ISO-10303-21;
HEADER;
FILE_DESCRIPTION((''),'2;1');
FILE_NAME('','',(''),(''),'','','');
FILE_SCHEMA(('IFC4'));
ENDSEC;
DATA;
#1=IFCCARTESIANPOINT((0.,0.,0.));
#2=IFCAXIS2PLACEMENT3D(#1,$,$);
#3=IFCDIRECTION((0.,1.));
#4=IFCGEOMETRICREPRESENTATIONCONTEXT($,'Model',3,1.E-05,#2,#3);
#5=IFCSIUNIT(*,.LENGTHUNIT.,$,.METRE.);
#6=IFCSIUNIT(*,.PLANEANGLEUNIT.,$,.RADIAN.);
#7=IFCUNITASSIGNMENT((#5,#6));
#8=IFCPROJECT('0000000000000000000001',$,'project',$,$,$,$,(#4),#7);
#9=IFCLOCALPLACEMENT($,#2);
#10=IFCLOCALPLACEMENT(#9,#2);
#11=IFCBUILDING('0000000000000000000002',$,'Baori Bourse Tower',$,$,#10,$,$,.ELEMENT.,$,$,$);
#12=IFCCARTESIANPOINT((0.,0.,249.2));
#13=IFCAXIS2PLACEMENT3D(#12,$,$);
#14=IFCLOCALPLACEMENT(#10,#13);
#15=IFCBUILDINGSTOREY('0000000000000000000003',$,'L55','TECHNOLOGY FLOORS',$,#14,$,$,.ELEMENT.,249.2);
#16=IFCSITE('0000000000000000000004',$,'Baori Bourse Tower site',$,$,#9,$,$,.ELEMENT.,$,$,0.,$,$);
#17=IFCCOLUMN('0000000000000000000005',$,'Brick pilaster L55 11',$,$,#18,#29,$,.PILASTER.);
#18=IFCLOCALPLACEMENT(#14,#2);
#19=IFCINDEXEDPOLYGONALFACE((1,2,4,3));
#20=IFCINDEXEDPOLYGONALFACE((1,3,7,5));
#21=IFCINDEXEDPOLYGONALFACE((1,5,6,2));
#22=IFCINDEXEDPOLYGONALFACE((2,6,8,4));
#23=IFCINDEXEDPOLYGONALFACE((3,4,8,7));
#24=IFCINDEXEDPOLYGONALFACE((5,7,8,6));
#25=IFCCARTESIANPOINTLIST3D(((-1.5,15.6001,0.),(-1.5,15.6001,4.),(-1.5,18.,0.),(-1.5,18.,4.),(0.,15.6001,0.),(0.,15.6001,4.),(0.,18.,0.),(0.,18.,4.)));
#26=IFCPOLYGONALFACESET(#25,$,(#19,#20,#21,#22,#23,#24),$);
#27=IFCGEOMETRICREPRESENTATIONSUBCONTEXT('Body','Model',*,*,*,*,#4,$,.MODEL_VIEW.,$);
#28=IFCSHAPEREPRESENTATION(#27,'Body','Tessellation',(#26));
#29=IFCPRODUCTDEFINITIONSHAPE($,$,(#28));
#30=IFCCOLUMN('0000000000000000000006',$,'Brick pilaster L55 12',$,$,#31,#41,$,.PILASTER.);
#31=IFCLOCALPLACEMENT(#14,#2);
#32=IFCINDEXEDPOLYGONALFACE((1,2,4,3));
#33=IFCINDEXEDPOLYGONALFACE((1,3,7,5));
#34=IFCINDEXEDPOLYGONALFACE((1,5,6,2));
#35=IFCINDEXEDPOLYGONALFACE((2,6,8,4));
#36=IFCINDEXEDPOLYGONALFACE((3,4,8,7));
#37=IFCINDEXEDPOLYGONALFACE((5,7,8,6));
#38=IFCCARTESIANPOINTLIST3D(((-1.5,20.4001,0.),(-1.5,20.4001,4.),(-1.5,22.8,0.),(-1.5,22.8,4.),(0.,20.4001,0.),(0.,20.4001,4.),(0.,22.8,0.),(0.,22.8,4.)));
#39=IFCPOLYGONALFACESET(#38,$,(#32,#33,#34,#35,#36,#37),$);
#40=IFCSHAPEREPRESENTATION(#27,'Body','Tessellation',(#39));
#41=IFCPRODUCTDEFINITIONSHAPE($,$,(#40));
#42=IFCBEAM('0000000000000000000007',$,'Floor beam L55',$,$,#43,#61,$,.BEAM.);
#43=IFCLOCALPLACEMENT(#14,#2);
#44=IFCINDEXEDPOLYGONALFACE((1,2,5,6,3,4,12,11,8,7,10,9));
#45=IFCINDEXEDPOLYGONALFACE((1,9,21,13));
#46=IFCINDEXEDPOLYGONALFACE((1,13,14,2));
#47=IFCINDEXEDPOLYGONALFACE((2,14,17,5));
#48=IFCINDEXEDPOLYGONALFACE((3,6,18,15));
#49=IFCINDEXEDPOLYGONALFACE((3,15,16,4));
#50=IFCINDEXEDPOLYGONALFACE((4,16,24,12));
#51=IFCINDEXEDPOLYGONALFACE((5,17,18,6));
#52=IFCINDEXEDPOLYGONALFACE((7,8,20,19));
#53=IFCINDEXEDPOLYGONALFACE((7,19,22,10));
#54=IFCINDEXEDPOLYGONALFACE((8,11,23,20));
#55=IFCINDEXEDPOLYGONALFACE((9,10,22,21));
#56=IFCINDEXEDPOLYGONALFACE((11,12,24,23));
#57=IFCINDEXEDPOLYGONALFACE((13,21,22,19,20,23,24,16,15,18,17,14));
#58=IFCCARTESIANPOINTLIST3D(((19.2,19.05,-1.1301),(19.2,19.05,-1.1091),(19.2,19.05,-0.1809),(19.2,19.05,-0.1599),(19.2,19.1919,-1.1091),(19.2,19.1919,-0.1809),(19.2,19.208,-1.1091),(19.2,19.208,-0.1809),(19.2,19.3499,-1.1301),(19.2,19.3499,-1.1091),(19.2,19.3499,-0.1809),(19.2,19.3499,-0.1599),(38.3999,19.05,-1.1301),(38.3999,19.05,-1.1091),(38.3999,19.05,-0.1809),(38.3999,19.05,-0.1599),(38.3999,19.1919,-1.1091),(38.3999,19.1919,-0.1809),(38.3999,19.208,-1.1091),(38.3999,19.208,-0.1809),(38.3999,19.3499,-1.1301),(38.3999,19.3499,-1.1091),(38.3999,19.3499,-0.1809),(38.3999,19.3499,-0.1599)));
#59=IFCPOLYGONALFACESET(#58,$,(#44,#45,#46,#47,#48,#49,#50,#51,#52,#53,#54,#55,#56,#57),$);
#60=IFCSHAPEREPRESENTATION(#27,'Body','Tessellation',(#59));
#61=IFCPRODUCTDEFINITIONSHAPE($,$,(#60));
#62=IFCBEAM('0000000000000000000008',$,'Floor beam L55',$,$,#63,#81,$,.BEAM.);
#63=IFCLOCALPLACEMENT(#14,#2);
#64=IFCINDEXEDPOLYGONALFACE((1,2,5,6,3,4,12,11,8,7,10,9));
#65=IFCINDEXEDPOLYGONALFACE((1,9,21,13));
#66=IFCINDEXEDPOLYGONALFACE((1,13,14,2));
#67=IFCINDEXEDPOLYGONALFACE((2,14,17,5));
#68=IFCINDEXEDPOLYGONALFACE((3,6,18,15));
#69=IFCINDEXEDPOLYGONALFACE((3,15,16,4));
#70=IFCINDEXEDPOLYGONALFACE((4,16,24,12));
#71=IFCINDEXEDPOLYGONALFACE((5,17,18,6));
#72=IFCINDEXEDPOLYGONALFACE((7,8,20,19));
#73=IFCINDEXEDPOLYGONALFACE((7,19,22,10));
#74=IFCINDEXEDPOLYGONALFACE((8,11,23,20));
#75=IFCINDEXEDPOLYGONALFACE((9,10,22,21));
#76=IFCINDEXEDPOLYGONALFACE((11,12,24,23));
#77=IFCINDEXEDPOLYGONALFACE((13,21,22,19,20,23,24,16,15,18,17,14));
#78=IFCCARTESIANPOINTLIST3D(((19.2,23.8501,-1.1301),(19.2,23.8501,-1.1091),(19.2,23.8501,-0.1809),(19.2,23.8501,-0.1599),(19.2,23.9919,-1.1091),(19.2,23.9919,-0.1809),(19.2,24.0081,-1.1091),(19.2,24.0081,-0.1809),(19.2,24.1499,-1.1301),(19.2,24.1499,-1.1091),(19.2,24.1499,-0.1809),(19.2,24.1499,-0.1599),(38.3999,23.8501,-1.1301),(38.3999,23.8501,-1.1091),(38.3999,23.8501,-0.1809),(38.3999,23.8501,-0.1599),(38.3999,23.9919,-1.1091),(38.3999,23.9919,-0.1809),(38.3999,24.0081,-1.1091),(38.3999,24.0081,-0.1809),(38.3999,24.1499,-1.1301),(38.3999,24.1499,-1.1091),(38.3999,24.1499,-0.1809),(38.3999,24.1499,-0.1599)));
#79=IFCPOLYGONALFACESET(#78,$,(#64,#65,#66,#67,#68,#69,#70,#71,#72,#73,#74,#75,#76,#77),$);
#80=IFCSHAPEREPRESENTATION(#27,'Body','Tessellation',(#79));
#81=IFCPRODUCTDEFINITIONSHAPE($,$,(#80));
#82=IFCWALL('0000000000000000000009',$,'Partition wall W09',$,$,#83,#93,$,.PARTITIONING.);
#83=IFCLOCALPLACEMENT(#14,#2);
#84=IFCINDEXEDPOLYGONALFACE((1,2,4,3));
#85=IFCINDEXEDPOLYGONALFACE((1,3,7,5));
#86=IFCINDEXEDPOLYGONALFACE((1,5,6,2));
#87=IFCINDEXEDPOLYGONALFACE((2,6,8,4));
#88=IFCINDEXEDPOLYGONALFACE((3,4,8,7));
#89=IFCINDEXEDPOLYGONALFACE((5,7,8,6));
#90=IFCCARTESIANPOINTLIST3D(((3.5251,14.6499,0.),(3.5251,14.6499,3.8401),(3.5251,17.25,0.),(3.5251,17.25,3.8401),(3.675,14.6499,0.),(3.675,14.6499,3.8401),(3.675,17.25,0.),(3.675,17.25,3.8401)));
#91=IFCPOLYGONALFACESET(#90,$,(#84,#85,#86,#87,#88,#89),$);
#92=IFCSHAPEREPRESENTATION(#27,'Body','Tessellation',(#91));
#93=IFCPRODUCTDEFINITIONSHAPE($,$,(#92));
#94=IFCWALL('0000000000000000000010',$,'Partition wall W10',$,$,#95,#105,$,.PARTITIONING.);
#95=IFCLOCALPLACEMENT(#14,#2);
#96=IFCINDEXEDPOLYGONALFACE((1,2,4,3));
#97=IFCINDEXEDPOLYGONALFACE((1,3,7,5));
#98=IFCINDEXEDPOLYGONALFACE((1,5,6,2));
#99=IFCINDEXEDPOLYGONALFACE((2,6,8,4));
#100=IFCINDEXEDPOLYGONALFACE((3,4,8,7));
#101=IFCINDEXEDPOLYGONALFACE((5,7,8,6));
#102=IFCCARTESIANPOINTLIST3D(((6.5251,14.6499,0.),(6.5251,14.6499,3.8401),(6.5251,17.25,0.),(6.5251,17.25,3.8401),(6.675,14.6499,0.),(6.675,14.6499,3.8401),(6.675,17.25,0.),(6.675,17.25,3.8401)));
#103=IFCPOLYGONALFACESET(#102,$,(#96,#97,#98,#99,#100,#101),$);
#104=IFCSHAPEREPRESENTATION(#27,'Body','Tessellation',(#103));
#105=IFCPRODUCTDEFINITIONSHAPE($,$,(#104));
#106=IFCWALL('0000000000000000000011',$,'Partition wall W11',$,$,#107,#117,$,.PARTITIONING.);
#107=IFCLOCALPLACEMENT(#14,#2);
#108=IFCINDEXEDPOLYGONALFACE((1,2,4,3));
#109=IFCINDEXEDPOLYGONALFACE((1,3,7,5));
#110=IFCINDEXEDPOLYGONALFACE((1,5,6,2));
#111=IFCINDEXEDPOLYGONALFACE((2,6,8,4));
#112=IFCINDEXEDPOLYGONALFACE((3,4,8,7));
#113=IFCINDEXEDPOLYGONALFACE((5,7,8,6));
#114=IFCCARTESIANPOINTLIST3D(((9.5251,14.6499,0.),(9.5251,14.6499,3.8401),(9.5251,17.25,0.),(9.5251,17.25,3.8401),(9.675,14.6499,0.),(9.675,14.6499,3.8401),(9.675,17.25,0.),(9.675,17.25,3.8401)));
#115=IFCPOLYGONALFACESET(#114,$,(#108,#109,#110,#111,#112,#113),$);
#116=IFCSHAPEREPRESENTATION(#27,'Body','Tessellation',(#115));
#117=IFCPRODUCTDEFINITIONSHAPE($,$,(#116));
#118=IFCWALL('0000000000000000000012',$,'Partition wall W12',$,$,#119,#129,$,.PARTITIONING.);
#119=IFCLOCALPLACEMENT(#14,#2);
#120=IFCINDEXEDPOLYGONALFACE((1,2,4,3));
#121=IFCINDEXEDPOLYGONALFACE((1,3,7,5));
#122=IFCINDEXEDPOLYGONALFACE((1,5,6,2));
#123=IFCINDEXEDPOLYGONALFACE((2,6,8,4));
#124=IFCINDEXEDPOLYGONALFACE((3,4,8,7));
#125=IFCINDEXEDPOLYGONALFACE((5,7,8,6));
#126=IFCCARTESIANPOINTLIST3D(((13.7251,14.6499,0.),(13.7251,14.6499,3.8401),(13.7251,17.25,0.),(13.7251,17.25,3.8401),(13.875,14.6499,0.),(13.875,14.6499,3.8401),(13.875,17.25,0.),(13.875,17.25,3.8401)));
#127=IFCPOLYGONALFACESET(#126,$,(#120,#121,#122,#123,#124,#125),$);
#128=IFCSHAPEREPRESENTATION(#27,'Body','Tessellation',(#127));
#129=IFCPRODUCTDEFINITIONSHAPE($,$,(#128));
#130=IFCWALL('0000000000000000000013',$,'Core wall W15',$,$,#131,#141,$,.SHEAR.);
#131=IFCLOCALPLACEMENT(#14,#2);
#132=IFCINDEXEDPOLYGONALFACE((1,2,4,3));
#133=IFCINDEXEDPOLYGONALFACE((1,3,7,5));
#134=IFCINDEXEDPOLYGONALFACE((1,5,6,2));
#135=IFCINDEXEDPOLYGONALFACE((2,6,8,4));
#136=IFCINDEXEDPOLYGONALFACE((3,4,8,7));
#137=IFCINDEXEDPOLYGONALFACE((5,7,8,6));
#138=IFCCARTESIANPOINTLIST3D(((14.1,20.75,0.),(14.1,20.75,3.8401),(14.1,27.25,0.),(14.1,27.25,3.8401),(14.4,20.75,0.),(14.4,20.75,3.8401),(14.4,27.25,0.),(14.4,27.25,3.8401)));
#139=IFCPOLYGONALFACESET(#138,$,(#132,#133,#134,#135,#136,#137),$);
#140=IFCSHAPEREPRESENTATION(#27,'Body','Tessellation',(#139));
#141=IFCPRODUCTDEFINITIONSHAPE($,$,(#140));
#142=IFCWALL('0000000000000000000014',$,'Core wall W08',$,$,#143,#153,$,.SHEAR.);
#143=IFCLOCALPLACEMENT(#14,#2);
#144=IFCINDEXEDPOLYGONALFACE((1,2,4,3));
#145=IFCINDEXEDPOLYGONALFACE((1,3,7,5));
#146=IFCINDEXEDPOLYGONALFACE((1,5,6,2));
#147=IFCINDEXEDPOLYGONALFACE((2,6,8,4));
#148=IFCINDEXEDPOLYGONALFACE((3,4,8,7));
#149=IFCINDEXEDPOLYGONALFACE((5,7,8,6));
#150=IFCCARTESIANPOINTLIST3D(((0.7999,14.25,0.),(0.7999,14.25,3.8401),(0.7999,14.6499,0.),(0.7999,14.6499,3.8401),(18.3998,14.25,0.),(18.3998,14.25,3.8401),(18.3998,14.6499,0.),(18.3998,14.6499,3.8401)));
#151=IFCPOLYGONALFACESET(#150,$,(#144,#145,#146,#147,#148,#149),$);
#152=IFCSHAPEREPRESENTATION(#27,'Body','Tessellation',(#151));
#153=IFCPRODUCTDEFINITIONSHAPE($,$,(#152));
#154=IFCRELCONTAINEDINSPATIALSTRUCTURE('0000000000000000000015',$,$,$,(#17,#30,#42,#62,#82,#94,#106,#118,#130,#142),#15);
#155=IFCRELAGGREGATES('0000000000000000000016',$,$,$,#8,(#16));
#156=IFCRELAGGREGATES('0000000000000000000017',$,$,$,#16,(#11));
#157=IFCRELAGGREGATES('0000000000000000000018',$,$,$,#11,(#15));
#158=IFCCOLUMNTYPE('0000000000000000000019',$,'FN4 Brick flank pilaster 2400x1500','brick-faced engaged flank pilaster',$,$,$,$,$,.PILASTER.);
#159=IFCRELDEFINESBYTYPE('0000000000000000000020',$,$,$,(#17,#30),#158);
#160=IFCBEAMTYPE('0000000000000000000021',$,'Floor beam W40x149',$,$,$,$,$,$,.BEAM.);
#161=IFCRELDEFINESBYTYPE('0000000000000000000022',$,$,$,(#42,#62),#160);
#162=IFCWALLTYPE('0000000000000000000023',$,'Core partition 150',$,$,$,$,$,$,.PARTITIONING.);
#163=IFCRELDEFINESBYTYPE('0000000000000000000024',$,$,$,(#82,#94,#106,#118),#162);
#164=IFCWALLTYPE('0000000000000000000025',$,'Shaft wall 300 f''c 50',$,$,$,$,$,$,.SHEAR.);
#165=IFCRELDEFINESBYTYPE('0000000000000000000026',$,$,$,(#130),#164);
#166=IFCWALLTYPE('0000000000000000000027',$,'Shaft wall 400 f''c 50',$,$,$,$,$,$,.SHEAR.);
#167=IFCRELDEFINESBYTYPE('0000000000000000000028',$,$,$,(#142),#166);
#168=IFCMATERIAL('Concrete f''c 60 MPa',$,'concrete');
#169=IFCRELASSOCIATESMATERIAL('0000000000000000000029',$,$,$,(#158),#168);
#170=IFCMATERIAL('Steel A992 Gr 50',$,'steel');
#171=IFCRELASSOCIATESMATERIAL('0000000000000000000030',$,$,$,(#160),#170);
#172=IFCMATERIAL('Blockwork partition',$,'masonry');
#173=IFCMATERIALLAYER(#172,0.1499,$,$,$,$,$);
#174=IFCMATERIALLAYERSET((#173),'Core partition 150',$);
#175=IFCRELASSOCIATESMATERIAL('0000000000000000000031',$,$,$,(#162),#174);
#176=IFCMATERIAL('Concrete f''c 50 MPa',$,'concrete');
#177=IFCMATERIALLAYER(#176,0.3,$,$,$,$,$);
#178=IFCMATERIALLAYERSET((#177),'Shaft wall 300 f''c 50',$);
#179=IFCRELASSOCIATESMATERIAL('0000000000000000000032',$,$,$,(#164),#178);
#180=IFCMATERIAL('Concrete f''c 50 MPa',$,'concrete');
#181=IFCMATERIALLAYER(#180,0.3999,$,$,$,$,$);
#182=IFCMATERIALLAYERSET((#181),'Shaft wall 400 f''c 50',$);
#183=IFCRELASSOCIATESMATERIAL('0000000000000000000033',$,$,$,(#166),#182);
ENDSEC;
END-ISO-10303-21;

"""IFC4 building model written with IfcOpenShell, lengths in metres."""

from ifc_helpers import new_model, si_unit, direction, frame, frame_2d, origin, origin_2d, place, context, subcontext, project, spatial, rectangle, i_section, extrude, material, layer, layer_set, material_profile, profile_set, type_object, element, save


model = new_model("IFC4")

# Units and contexts
model_context = context("Model", 3, precision=1e-05, world=origin(), true_north=direction((0.0, 1.0)))
body_context = subcontext(model_context, "Body", "Model", "MODEL_VIEW")
ifc_project = project(units=[si_unit("LENGTHUNIT", "METRE"), si_unit("PLANEANGLEUNIT", "RADIAN")], contexts=[model_context])

# Site, building, storey
site_placement = place(None, origin())
site = spatial("IfcSite", under=ifc_project, at=site_placement, Name="Baori Bourse Tower site", CompositionType="ELEMENT", RefElevation=0.0)
building_placement = place(site_placement, origin())
building = spatial("IfcBuilding", under=site, at=building_placement, Name="Baori Bourse Tower", CompositionType="ELEMENT")
storey_placement = place(building_placement, frame((0.0, 0.0, 249.2)))
storey = spatial("IfcBuildingStorey", under=building, at=storey_placement, Name="L55", Description="TECHNOLOGY FLOORS", CompositionType="ELEMENT", Elevation=249.2)

# Columns
ifc_material_1 = material(Name="Concrete f'c 60 MPa", Category="concrete")
ifc_material_profile_1 = material_profile(ifc_material_1, rectangle(XDim=2.3999, YDim=1.5, at=origin_2d()), Name="RC 2400x1500")
ifc_profile_set_1 = profile_set([ifc_material_profile_1], Name="Concrete f'c 60 MPa")
column_type = type_object("IfcColumnType", Name="FN4 Brick flank pilaster 2400x1500", Description="brick-faced engaged flank pilaster", PredefinedType="PILASTER", material=ifc_profile_set_1)
for number, where, z_axis, x_axis, name in (
    (1, (-0.75, 16.8, 0.0), (0.0, 0.0, 1.0), (0.0, 1.0, 0.0), "Brick pilaster L55 11"),
    (2, (-0.75, 21.6001, 0.0), (0.0, 0.0, 1.0), (0.0, 1.0, 0.0), "Brick pilaster L55 12"),
):
    element("IfcColumn", number, at=place(storey_placement, frame(where, z_axis=z_axis, x_axis=x_axis)), inside=storey, type_object=column_type, Name=name, PredefinedType="PILASTER", context=body_context, shape_type="SweptSolid", body=[
        extrude(rectangle(XDim=2.3999, YDim=1.5, at=origin_2d()), origin(), (0.0, 0.0, 1.0), 4.0),
    ])

# Beams
ifc_material_2 = material(Name="Steel A992 Gr 50", Category="steel")
ifc_material_profile_2 = material_profile(ifc_material_2, i_section(OverallWidth=0.2998, OverallDepth=0.9702, WebThickness=0.0161, FlangeThickness=0.021, at=origin_2d()), Name="W40x149")
ifc_profile_set_2 = profile_set([ifc_material_profile_2], Name="Steel A992 Gr 50")
beam_type = type_object("IfcBeamType", Name="Floor beam W40x149", PredefinedType="BEAM", material=ifc_profile_set_2)
for number, where, z_axis, x_axis, name in (
    (3, (19.2, 19.2, -0.645), (1.0, 0.0, 0.0), (0.0, 1.0, 0.0), "Floor beam L55"),
    (4, (19.2, 24.0, -0.645), (1.0, 0.0, 0.0), (0.0, 1.0, 0.0), "Floor beam L55"),
):
    element("IfcBeam", number, at=place(storey_placement, frame(where, z_axis=z_axis, x_axis=x_axis)), inside=storey, type_object=beam_type, Name=name, PredefinedType="BEAM", context=body_context, shape_type="SweptSolid", body=[
        extrude(i_section(OverallWidth=0.2998, OverallDepth=0.9702, WebThickness=0.0161, FlangeThickness=0.021, at=origin_2d()), origin(), (0.0, 0.0, 1.0), 19.2),
    ])

# Walls
ifc_material_3 = material(Name="Blockwork partition", Category="masonry")
ifc_layer_1 = layer(ifc_material_3, 0.1499)
ifc_layer_set_1 = layer_set([ifc_layer_1], Name="Core partition 150")
wall_type_1 = type_object("IfcWallType", Name="Core partition 150", PredefinedType="PARTITIONING", material=ifc_layer_set_1)
for number, where, z_axis, x_axis, name in (
    (5, (3.6001, 14.6499, 0.0), (0.0, 0.0, 1.0), (0.0, 1.0, 0.0), "Partition wall W09"),
    (6, (6.6001, 14.6499, 0.0), (0.0, 0.0, 1.0), (0.0, 1.0, 0.0), "Partition wall W10"),
    (7, (9.6001, 14.6499, 0.0), (0.0, 0.0, 1.0), (0.0, 1.0, 0.0), "Partition wall W11"),
    (8, (13.8, 14.6499, 0.0), (0.0, 0.0, 1.0), (0.0, 1.0, 0.0), "Partition wall W12"),
):
    element("IfcWall", number, at=place(storey_placement, frame(where, z_axis=z_axis, x_axis=x_axis)), inside=storey, type_object=wall_type_1, Name=name, PredefinedType="PARTITIONING", context=body_context, shape_type="SweptSolid", body=[
        extrude(rectangle(XDim=2.6001, YDim=0.1499, at=frame_2d((1.3, 0.0))), origin(), (0.0, 0.0, 1.0), 3.8401),
    ])
ifc_material_4 = material(Name="Concrete f'c 50 MPa", Category="concrete")
ifc_layer_2 = layer(ifc_material_4, 0.3)
ifc_layer_set_2 = layer_set([ifc_layer_2], Name="Shaft wall 300 f'c 50")
wall_type_2 = type_object("IfcWallType", Name="Shaft wall 300 f'c 50", PredefinedType="SHEAR", material=ifc_layer_set_2)
wall_1_placement = place(storey_placement, frame((14.25, 20.75, 0.0), z_axis=(0.0, 0.0, 1.0), x_axis=(0.0, 1.0, 0.0)))
element("IfcWall", 9, at=wall_1_placement, inside=storey, type_object=wall_type_2, Name="Core wall W15", PredefinedType="SHEAR", context=body_context, shape_type="SweptSolid", body=[
    extrude(rectangle(XDim=6.5, YDim=0.3, at=frame_2d((3.25, 0.0))), origin(), (0.0, 0.0, 1.0), 3.8401),
])
ifc_material_5 = material(Name="Concrete f'c 50 MPa", Category="concrete")
ifc_layer_3 = layer(ifc_material_5, 0.3999)
ifc_layer_set_3 = layer_set([ifc_layer_3], Name="Shaft wall 400 f'c 50")
wall_type_3 = type_object("IfcWallType", Name="Shaft wall 400 f'c 50", PredefinedType="SHEAR", material=ifc_layer_set_3)
wall_2_placement = place(storey_placement, frame((0.8, 14.45, 0.0), z_axis=(0.0, 0.0, 1.0), x_axis=(1.0, 0.0, 0.0)))
element("IfcWall", 10, at=wall_2_placement, inside=storey, type_object=wall_type_3, Name="Core wall W08", PredefinedType="SHEAR", context=body_context, shape_type="SweptSolid", body=[
    extrude(rectangle(XDim=17.5999, YDim=0.3999, at=frame_2d((8.7998, 0.0))), origin(), (0.0, 0.0, 1.0), 3.8401),
])

save(model, "model.ifc")
